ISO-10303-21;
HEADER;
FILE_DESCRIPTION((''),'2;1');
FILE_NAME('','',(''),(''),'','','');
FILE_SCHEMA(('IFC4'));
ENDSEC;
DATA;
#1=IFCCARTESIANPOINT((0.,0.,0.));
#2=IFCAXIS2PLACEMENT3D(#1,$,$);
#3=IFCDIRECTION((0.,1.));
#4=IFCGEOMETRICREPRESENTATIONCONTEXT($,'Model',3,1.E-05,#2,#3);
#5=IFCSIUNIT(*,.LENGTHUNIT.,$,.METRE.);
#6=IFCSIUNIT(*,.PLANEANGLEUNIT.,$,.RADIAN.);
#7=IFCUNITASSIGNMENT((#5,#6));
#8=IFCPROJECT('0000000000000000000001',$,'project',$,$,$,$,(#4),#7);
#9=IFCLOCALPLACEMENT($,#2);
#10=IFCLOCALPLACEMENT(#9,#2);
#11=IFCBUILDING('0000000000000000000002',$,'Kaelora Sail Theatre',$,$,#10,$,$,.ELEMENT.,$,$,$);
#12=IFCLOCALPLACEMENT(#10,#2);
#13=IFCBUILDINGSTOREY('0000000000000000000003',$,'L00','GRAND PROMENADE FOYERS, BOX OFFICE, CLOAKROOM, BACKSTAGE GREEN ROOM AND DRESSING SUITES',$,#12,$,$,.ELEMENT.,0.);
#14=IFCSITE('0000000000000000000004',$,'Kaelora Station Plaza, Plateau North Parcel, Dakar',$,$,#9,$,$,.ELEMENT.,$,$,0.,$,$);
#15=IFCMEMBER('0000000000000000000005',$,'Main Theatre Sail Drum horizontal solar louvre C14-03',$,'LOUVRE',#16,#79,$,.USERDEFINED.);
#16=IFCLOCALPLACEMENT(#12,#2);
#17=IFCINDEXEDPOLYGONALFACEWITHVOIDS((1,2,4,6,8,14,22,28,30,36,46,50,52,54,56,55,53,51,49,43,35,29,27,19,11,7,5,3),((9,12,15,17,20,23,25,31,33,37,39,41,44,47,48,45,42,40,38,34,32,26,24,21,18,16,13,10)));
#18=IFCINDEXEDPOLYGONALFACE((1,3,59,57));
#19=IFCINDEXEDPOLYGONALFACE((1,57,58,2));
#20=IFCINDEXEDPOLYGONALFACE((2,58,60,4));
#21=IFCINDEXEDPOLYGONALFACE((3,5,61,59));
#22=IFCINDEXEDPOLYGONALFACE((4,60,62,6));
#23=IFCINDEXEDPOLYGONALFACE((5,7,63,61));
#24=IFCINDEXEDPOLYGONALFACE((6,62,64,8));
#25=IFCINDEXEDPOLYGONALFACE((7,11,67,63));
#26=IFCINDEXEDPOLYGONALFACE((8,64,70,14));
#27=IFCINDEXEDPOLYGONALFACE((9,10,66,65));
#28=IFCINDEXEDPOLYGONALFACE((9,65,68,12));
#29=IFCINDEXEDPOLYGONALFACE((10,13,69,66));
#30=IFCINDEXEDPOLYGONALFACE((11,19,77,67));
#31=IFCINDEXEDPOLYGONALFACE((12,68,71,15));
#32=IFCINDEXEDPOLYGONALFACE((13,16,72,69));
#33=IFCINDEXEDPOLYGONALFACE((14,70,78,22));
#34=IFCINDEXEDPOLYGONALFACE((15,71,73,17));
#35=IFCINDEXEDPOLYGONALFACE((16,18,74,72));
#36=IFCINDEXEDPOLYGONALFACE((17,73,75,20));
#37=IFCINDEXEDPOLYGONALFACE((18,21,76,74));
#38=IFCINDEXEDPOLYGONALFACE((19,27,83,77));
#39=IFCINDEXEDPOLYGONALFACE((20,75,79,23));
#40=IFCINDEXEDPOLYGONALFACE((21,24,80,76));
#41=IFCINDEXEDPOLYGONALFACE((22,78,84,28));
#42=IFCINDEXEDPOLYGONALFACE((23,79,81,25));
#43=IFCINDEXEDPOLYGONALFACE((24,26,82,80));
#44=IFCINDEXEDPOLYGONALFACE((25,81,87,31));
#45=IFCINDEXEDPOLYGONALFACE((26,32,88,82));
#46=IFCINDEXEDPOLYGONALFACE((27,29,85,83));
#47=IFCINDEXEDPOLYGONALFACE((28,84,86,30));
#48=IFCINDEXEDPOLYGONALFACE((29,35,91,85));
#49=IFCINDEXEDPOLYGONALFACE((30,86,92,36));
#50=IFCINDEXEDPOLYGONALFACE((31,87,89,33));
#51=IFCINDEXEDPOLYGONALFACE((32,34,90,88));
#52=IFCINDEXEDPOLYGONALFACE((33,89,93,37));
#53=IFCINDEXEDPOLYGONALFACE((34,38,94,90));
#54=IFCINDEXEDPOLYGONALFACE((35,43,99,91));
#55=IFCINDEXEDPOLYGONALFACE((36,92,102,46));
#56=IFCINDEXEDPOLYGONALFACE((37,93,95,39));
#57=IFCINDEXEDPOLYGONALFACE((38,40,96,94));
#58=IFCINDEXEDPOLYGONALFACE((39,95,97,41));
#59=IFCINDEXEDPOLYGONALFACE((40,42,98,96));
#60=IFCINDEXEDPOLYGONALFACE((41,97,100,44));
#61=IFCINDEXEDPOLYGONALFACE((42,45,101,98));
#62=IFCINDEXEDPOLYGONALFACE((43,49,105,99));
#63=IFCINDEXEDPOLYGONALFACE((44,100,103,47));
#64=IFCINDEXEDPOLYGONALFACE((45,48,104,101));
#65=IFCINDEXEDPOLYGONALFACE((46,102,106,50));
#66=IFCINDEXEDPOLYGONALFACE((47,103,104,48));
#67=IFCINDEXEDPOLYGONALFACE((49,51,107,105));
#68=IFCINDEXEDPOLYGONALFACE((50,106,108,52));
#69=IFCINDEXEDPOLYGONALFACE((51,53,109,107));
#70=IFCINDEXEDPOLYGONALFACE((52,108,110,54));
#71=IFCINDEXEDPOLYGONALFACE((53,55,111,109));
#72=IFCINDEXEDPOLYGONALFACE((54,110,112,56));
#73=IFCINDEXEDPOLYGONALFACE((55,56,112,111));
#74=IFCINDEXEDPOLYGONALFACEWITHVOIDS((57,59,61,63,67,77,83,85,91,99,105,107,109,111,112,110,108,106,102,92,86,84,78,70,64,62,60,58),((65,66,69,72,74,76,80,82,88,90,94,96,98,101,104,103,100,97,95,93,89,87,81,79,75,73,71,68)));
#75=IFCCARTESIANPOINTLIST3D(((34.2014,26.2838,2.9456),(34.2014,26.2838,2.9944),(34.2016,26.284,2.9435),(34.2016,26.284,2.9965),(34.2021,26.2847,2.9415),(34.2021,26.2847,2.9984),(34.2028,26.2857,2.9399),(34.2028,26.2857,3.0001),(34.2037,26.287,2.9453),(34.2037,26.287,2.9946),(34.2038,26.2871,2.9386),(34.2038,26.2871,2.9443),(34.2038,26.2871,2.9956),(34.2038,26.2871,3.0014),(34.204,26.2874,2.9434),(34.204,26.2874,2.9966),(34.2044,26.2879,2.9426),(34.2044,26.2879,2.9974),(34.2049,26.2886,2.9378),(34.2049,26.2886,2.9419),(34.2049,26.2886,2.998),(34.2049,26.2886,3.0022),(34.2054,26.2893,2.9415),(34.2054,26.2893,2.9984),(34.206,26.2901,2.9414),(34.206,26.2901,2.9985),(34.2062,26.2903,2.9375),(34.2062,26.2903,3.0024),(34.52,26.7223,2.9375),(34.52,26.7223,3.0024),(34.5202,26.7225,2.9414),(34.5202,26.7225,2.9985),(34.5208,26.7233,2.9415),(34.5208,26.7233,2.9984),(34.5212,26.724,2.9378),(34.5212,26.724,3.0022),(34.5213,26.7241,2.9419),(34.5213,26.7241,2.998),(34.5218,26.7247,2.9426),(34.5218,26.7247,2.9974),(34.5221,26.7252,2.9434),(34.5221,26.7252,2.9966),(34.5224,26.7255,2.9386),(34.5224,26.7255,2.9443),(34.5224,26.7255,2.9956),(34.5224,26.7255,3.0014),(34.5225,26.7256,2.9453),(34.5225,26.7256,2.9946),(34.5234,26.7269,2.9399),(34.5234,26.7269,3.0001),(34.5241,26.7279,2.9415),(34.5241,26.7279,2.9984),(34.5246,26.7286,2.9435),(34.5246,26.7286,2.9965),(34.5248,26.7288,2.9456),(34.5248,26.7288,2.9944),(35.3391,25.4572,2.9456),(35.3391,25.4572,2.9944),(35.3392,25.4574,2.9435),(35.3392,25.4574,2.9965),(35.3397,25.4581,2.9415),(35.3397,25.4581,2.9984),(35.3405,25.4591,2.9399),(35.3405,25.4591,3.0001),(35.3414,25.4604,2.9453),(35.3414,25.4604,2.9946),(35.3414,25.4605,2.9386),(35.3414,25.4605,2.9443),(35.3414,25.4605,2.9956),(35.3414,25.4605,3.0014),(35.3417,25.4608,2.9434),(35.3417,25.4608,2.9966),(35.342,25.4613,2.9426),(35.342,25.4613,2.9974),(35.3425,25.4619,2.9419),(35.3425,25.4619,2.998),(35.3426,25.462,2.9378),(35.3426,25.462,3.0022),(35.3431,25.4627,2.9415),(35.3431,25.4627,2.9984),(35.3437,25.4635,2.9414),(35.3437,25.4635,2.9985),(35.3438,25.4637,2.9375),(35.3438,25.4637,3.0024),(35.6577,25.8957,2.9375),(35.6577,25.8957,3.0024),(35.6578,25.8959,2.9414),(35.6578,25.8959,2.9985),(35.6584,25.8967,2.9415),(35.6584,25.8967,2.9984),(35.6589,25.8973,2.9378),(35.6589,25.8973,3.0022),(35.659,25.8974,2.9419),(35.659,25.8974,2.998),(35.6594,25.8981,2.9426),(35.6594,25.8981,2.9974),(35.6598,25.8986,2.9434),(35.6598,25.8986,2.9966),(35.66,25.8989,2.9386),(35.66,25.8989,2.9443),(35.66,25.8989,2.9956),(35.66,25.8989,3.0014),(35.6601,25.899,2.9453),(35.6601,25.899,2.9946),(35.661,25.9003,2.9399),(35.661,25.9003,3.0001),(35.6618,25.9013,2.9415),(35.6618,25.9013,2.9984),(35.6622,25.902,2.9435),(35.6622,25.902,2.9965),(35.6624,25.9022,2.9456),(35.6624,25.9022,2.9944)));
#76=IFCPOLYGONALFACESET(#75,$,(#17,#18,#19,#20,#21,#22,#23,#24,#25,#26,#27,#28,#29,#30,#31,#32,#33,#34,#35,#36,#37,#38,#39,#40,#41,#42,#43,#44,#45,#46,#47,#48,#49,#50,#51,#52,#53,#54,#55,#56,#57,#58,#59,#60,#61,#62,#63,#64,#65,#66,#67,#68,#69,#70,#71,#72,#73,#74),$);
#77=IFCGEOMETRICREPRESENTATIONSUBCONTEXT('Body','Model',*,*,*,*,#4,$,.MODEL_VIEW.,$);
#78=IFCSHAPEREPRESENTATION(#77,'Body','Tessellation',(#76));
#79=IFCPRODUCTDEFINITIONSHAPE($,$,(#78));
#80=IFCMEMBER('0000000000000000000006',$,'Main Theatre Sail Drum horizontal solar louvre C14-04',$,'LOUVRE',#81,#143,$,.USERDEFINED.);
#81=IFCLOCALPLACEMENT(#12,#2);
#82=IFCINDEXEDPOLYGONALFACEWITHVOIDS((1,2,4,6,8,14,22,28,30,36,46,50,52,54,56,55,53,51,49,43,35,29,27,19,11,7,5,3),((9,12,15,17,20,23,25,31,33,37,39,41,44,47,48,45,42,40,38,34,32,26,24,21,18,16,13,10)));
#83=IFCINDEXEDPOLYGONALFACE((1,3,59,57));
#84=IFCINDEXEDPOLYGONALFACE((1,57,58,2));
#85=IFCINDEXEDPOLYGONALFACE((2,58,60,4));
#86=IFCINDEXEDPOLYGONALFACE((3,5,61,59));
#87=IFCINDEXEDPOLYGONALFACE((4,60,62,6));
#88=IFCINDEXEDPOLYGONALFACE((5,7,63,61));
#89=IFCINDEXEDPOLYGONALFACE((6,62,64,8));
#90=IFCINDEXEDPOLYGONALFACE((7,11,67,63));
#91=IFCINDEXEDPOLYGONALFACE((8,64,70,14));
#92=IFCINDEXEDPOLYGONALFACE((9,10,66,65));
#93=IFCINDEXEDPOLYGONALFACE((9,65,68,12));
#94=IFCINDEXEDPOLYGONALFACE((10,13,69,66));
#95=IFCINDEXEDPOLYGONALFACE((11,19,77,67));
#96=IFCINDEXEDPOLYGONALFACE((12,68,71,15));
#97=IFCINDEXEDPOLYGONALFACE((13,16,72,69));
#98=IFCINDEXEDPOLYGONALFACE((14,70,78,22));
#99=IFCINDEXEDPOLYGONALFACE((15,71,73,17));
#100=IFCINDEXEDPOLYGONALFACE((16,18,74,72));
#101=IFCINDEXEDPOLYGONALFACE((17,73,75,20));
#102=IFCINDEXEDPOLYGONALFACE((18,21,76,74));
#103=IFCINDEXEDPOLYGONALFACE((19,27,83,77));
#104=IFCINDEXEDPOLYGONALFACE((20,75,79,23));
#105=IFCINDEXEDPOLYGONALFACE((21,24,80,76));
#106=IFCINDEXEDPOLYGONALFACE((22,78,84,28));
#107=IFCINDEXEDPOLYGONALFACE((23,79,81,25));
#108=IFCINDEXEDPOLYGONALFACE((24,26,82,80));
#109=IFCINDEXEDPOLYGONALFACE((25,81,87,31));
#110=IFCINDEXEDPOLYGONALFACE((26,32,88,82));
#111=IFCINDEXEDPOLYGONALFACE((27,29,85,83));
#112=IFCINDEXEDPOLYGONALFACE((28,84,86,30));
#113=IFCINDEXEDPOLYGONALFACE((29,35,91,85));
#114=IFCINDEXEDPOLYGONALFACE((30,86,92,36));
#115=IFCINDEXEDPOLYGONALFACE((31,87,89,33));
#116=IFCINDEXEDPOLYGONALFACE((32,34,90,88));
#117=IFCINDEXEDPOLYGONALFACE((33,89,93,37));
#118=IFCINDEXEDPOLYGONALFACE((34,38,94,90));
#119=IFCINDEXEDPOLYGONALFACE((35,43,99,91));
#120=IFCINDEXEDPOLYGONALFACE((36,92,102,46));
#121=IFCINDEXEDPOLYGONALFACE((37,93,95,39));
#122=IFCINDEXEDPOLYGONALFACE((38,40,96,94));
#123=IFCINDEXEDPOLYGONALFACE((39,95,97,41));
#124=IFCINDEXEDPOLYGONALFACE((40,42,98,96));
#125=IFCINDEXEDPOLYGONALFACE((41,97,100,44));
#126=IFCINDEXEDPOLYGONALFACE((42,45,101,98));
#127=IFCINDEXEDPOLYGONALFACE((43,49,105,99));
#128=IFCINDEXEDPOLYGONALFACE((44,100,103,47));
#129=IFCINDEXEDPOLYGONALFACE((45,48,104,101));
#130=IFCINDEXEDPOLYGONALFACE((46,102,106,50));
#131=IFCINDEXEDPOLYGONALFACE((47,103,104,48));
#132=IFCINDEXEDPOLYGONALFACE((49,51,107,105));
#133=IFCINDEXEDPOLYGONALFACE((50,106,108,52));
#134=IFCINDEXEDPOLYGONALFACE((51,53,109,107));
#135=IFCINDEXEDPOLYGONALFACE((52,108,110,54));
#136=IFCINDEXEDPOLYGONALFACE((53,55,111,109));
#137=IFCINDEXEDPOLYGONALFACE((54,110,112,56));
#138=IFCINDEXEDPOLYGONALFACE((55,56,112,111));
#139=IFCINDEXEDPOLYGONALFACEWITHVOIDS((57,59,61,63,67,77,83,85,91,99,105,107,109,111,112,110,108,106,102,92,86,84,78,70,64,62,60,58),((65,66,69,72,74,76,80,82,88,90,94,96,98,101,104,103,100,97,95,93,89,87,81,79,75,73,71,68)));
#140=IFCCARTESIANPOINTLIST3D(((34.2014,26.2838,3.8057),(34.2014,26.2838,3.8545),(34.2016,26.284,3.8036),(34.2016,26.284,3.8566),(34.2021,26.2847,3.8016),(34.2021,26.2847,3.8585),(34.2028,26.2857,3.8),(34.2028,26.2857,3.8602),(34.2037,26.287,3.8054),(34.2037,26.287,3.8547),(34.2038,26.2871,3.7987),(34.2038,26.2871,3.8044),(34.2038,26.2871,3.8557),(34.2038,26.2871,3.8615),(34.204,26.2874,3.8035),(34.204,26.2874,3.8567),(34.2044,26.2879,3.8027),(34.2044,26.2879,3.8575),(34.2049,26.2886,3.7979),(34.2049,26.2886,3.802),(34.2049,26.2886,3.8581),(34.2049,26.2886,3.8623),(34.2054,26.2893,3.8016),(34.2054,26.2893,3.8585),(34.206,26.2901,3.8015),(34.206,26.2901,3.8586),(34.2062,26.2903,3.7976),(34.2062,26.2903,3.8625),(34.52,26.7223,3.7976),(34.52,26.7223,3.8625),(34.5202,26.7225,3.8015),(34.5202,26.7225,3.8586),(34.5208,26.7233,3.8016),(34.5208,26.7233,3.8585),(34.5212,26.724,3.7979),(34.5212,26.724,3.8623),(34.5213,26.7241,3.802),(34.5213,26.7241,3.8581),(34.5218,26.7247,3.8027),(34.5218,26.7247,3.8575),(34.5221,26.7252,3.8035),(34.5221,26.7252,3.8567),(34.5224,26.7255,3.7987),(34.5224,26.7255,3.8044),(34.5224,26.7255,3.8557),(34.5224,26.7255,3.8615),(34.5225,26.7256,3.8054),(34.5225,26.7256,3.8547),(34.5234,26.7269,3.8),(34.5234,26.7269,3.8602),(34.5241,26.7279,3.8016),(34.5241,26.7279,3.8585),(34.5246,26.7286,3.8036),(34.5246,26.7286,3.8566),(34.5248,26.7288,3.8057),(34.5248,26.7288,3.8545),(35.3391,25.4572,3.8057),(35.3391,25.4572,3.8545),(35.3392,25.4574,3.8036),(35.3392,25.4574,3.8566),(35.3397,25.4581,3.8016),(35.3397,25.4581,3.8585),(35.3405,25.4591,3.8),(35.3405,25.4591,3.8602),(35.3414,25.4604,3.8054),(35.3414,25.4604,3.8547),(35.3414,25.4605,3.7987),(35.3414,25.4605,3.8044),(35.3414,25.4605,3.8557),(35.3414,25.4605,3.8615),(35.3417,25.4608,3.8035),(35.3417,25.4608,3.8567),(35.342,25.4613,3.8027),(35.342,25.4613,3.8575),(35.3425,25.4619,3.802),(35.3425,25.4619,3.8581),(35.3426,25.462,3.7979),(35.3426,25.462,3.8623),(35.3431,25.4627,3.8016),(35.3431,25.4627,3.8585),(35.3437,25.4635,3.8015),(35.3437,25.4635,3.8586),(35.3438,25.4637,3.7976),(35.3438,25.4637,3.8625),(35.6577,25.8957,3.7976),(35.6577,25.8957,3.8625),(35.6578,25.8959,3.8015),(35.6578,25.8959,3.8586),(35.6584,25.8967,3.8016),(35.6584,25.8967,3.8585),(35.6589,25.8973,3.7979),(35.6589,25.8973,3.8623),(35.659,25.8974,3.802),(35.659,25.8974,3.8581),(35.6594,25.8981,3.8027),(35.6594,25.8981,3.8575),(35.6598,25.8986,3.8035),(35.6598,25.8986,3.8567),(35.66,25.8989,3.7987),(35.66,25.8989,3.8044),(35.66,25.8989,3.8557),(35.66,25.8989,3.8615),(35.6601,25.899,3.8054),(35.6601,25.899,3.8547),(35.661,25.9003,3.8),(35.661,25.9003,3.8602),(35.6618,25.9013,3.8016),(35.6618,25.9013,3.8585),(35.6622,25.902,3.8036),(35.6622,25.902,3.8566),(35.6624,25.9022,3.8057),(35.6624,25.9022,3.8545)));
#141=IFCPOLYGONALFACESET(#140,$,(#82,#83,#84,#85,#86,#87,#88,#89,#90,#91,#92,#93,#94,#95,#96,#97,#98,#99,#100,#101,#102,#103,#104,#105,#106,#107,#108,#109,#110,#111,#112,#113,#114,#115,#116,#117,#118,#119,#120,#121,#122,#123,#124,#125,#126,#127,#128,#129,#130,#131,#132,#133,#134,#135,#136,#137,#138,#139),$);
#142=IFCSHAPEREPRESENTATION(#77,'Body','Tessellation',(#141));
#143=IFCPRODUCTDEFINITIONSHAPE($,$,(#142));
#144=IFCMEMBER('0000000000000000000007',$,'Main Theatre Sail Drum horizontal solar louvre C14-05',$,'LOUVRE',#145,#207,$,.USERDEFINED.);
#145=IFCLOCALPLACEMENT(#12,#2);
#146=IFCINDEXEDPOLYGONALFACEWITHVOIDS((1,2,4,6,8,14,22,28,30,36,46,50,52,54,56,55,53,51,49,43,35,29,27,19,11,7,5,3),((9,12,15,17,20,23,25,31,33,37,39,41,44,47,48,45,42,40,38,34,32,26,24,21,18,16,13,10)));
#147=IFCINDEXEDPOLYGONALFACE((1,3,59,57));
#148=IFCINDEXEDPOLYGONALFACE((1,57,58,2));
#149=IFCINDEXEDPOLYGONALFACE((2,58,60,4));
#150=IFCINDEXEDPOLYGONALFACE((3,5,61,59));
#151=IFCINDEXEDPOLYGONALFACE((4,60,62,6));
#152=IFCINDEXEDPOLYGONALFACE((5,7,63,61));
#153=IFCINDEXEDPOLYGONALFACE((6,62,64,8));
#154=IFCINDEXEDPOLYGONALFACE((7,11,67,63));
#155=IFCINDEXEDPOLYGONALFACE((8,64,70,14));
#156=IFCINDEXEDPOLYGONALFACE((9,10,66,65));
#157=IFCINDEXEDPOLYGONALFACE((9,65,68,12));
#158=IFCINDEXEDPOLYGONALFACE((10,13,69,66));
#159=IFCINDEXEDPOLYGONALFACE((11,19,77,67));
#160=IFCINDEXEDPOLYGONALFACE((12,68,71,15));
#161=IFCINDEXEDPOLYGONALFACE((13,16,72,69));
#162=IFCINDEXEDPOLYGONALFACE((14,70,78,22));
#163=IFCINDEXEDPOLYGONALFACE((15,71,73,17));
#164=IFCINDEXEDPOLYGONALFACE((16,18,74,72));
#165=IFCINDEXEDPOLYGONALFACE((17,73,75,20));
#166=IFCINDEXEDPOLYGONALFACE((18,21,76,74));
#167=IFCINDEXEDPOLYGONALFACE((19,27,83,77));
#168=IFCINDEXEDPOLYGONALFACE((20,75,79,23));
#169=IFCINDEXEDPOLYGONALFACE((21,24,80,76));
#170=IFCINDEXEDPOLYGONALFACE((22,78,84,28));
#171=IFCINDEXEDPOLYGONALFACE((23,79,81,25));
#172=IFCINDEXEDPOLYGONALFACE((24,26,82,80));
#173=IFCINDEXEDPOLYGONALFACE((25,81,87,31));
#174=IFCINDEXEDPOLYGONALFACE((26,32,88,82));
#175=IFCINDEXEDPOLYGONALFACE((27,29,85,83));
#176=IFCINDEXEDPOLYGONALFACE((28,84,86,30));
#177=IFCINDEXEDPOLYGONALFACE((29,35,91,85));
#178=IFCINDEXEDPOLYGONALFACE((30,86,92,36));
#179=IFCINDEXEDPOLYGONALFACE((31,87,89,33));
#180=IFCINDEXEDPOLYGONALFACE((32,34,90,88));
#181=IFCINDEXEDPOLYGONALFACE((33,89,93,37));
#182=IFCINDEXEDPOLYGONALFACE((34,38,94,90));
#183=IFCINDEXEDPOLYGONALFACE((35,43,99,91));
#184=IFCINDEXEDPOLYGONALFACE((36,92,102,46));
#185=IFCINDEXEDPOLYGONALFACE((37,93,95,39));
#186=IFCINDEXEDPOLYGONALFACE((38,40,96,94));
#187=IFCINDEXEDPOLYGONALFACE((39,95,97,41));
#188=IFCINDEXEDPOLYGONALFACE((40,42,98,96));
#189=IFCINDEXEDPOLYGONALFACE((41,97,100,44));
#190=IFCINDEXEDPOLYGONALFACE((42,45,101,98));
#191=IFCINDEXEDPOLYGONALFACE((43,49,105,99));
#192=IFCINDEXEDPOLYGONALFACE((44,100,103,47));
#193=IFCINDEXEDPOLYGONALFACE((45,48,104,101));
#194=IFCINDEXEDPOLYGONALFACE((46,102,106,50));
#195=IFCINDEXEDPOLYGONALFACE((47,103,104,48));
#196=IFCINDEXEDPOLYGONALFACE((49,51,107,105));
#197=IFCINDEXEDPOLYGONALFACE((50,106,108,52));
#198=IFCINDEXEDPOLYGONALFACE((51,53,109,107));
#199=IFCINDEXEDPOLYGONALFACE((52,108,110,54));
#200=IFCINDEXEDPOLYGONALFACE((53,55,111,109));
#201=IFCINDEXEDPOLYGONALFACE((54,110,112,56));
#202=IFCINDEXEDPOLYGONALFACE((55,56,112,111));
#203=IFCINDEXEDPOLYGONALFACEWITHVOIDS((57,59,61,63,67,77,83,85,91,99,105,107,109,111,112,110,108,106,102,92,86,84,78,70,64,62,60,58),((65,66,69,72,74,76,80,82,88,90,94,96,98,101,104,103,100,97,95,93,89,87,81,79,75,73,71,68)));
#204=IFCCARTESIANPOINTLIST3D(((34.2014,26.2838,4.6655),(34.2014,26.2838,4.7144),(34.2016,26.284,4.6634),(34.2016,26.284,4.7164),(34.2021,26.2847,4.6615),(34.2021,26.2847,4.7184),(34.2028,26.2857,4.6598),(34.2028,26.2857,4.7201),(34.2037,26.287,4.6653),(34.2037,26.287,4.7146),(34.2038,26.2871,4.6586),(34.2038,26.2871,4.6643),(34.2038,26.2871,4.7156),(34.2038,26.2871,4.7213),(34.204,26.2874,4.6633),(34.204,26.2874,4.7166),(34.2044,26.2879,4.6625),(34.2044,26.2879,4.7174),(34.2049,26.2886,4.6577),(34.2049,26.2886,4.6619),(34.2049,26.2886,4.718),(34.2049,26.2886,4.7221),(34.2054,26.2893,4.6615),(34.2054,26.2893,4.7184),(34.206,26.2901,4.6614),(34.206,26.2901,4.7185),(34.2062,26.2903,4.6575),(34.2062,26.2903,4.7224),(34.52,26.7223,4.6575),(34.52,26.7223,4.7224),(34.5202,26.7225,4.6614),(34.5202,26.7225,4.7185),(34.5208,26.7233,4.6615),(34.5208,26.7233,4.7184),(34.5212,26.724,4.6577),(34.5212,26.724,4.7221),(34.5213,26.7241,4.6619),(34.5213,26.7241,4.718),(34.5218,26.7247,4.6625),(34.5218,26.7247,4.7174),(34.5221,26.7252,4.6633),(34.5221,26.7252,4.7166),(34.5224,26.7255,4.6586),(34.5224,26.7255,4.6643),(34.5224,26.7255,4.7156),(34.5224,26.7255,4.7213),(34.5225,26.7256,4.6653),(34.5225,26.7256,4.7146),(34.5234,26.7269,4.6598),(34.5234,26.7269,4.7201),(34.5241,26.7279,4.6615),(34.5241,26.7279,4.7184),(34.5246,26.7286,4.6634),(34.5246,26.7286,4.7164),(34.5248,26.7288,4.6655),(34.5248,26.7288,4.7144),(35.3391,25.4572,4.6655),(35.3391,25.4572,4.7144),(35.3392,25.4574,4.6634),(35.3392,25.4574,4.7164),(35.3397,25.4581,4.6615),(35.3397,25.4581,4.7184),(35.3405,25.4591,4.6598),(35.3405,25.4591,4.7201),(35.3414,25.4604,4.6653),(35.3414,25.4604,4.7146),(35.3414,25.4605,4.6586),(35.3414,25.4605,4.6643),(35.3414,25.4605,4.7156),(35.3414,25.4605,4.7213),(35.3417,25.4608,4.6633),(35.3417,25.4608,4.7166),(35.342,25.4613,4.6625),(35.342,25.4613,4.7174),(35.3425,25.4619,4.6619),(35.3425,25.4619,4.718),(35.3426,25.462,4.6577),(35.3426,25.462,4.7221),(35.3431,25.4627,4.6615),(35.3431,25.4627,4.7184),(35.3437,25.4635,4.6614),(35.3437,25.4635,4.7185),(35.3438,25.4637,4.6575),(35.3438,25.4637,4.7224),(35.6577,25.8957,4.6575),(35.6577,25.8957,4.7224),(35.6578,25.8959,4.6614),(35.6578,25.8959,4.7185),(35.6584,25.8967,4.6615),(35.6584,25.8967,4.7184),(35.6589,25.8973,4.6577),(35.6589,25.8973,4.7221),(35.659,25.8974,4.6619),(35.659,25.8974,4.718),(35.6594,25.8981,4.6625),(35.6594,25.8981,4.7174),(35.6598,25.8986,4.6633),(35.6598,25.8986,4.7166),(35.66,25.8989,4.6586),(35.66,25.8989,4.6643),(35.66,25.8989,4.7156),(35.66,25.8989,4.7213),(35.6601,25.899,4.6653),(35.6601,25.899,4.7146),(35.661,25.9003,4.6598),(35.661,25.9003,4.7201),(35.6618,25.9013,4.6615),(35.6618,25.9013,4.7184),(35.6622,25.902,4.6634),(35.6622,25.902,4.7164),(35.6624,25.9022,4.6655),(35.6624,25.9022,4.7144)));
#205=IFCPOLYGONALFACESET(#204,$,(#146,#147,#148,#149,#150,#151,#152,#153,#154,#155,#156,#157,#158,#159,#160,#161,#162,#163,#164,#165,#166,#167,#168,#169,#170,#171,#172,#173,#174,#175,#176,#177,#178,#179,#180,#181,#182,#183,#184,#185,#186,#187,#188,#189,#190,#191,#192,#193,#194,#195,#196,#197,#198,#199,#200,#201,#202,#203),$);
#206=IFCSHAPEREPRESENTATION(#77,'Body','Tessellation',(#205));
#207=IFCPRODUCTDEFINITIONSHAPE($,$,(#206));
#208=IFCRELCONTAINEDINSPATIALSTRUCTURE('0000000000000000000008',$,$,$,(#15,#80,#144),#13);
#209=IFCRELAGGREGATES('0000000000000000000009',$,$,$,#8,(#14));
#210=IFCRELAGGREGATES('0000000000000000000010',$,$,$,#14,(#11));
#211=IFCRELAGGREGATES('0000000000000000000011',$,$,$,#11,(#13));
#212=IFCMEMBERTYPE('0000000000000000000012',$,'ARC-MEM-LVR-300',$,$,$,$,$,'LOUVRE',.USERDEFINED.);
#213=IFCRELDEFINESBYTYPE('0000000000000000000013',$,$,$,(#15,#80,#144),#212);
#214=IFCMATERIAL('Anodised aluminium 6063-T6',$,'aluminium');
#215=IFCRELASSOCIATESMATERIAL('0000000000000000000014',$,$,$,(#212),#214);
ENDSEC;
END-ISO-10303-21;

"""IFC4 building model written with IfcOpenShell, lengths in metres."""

from ifc_helpers import new_model, si_unit, direction, frame, origin, origin_2d, place, context, subcontext, project, spatial, hollow_rectangle, extrude, material, material_profile, profile_set, type_object, element, save


model = new_model("IFC4")

# Units and contexts
model_context = context("Model", 3, precision=1e-05, world=origin(), true_north=direction((0.0, 1.0)))
body_context = subcontext(model_context, "Body", "Model", "MODEL_VIEW")
ifc_project = project(units=[si_unit("LENGTHUNIT", "METRE"), si_unit("PLANEANGLEUNIT", "RADIAN")], contexts=[model_context])

# Site, building, storey
site_placement = place(None, origin())
site = spatial("IfcSite", under=ifc_project, at=site_placement, Name="Kaelora Station Plaza, Plateau North Parcel, Dakar", CompositionType="ELEMENT", RefElevation=0.0)
building_placement = place(site_placement, origin())
building = spatial("IfcBuilding", under=site, at=building_placement, Name="Kaelora Sail Theatre", CompositionType="ELEMENT")
storey_placement = place(building_placement, origin())
storey = spatial("IfcBuildingStorey", under=building, at=storey_placement, Name="L00", Description="GRAND PROMENADE FOYERS, BOX OFFICE, CLOAKROOM, BACKSTAGE GREEN ROOM AND DRESSING SUITES", CompositionType="ELEMENT", Elevation=0.0)

# Members
ifc_material_1 = material(Name="Anodised aluminium 6063-T6", Category="aluminium")
ifc_material_profile_1 = material_profile(ifc_material_1, hollow_rectangle(XDim=0.55, YDim=0.0649, WallThickness=0.0039, InnerFilletRadius=0.0039, OuterFilletRadius=0.0081, at=origin_2d()), Name="LOUVRE 550x65x4")
ifc_profile_set_1 = profile_set([ifc_material_profile_1], Name="Anodised aluminium 6063-T6")
member_type_1 = type_object("IfcMemberType", Name="ARC-MEM-LVR-300", ElementType="LOUVRE", PredefinedType="USERDEFINED", material=ifc_profile_set_1)
for number, where, z_axis, x_axis, name in (
    (1, (35.5007, 25.6797, 2.97), (-0.808991, 0.587821, 0.0), (-0.587821, -0.808991, 0.0), "Main Theatre Sail Drum horizontal solar louvre C14-03"),
    (2, (35.5007, 25.6797, 3.8301), (-0.808991, 0.587821, 0.0), (-0.587821, -0.808991, 0.0), "Main Theatre Sail Drum horizontal solar louvre C14-04"),
    (3, (35.5007, 25.6797, 4.6899), (-0.808991, 0.587821, 0.0), (-0.587821, -0.808991, 0.0), "Main Theatre Sail Drum horizontal solar louvre C14-05"),
):
    element("IfcMember", number, at=place(storey_placement, frame(where, z_axis=z_axis, x_axis=x_axis)), inside=storey, type_object=member_type_1, Name=name, ObjectType="LOUVRE", PredefinedType="USERDEFINED", context=body_context, shape_type="SweptSolid", body=[
        extrude(hollow_rectangle(XDim=0.55, YDim=0.0649, WallThickness=0.0039, InnerFilletRadius=0.0039, OuterFilletRadius=0.0081, at=origin_2d()), origin(), (0.0, 0.0, 1.0), 1.4062),
    ])

save(model, "model.ifc")
